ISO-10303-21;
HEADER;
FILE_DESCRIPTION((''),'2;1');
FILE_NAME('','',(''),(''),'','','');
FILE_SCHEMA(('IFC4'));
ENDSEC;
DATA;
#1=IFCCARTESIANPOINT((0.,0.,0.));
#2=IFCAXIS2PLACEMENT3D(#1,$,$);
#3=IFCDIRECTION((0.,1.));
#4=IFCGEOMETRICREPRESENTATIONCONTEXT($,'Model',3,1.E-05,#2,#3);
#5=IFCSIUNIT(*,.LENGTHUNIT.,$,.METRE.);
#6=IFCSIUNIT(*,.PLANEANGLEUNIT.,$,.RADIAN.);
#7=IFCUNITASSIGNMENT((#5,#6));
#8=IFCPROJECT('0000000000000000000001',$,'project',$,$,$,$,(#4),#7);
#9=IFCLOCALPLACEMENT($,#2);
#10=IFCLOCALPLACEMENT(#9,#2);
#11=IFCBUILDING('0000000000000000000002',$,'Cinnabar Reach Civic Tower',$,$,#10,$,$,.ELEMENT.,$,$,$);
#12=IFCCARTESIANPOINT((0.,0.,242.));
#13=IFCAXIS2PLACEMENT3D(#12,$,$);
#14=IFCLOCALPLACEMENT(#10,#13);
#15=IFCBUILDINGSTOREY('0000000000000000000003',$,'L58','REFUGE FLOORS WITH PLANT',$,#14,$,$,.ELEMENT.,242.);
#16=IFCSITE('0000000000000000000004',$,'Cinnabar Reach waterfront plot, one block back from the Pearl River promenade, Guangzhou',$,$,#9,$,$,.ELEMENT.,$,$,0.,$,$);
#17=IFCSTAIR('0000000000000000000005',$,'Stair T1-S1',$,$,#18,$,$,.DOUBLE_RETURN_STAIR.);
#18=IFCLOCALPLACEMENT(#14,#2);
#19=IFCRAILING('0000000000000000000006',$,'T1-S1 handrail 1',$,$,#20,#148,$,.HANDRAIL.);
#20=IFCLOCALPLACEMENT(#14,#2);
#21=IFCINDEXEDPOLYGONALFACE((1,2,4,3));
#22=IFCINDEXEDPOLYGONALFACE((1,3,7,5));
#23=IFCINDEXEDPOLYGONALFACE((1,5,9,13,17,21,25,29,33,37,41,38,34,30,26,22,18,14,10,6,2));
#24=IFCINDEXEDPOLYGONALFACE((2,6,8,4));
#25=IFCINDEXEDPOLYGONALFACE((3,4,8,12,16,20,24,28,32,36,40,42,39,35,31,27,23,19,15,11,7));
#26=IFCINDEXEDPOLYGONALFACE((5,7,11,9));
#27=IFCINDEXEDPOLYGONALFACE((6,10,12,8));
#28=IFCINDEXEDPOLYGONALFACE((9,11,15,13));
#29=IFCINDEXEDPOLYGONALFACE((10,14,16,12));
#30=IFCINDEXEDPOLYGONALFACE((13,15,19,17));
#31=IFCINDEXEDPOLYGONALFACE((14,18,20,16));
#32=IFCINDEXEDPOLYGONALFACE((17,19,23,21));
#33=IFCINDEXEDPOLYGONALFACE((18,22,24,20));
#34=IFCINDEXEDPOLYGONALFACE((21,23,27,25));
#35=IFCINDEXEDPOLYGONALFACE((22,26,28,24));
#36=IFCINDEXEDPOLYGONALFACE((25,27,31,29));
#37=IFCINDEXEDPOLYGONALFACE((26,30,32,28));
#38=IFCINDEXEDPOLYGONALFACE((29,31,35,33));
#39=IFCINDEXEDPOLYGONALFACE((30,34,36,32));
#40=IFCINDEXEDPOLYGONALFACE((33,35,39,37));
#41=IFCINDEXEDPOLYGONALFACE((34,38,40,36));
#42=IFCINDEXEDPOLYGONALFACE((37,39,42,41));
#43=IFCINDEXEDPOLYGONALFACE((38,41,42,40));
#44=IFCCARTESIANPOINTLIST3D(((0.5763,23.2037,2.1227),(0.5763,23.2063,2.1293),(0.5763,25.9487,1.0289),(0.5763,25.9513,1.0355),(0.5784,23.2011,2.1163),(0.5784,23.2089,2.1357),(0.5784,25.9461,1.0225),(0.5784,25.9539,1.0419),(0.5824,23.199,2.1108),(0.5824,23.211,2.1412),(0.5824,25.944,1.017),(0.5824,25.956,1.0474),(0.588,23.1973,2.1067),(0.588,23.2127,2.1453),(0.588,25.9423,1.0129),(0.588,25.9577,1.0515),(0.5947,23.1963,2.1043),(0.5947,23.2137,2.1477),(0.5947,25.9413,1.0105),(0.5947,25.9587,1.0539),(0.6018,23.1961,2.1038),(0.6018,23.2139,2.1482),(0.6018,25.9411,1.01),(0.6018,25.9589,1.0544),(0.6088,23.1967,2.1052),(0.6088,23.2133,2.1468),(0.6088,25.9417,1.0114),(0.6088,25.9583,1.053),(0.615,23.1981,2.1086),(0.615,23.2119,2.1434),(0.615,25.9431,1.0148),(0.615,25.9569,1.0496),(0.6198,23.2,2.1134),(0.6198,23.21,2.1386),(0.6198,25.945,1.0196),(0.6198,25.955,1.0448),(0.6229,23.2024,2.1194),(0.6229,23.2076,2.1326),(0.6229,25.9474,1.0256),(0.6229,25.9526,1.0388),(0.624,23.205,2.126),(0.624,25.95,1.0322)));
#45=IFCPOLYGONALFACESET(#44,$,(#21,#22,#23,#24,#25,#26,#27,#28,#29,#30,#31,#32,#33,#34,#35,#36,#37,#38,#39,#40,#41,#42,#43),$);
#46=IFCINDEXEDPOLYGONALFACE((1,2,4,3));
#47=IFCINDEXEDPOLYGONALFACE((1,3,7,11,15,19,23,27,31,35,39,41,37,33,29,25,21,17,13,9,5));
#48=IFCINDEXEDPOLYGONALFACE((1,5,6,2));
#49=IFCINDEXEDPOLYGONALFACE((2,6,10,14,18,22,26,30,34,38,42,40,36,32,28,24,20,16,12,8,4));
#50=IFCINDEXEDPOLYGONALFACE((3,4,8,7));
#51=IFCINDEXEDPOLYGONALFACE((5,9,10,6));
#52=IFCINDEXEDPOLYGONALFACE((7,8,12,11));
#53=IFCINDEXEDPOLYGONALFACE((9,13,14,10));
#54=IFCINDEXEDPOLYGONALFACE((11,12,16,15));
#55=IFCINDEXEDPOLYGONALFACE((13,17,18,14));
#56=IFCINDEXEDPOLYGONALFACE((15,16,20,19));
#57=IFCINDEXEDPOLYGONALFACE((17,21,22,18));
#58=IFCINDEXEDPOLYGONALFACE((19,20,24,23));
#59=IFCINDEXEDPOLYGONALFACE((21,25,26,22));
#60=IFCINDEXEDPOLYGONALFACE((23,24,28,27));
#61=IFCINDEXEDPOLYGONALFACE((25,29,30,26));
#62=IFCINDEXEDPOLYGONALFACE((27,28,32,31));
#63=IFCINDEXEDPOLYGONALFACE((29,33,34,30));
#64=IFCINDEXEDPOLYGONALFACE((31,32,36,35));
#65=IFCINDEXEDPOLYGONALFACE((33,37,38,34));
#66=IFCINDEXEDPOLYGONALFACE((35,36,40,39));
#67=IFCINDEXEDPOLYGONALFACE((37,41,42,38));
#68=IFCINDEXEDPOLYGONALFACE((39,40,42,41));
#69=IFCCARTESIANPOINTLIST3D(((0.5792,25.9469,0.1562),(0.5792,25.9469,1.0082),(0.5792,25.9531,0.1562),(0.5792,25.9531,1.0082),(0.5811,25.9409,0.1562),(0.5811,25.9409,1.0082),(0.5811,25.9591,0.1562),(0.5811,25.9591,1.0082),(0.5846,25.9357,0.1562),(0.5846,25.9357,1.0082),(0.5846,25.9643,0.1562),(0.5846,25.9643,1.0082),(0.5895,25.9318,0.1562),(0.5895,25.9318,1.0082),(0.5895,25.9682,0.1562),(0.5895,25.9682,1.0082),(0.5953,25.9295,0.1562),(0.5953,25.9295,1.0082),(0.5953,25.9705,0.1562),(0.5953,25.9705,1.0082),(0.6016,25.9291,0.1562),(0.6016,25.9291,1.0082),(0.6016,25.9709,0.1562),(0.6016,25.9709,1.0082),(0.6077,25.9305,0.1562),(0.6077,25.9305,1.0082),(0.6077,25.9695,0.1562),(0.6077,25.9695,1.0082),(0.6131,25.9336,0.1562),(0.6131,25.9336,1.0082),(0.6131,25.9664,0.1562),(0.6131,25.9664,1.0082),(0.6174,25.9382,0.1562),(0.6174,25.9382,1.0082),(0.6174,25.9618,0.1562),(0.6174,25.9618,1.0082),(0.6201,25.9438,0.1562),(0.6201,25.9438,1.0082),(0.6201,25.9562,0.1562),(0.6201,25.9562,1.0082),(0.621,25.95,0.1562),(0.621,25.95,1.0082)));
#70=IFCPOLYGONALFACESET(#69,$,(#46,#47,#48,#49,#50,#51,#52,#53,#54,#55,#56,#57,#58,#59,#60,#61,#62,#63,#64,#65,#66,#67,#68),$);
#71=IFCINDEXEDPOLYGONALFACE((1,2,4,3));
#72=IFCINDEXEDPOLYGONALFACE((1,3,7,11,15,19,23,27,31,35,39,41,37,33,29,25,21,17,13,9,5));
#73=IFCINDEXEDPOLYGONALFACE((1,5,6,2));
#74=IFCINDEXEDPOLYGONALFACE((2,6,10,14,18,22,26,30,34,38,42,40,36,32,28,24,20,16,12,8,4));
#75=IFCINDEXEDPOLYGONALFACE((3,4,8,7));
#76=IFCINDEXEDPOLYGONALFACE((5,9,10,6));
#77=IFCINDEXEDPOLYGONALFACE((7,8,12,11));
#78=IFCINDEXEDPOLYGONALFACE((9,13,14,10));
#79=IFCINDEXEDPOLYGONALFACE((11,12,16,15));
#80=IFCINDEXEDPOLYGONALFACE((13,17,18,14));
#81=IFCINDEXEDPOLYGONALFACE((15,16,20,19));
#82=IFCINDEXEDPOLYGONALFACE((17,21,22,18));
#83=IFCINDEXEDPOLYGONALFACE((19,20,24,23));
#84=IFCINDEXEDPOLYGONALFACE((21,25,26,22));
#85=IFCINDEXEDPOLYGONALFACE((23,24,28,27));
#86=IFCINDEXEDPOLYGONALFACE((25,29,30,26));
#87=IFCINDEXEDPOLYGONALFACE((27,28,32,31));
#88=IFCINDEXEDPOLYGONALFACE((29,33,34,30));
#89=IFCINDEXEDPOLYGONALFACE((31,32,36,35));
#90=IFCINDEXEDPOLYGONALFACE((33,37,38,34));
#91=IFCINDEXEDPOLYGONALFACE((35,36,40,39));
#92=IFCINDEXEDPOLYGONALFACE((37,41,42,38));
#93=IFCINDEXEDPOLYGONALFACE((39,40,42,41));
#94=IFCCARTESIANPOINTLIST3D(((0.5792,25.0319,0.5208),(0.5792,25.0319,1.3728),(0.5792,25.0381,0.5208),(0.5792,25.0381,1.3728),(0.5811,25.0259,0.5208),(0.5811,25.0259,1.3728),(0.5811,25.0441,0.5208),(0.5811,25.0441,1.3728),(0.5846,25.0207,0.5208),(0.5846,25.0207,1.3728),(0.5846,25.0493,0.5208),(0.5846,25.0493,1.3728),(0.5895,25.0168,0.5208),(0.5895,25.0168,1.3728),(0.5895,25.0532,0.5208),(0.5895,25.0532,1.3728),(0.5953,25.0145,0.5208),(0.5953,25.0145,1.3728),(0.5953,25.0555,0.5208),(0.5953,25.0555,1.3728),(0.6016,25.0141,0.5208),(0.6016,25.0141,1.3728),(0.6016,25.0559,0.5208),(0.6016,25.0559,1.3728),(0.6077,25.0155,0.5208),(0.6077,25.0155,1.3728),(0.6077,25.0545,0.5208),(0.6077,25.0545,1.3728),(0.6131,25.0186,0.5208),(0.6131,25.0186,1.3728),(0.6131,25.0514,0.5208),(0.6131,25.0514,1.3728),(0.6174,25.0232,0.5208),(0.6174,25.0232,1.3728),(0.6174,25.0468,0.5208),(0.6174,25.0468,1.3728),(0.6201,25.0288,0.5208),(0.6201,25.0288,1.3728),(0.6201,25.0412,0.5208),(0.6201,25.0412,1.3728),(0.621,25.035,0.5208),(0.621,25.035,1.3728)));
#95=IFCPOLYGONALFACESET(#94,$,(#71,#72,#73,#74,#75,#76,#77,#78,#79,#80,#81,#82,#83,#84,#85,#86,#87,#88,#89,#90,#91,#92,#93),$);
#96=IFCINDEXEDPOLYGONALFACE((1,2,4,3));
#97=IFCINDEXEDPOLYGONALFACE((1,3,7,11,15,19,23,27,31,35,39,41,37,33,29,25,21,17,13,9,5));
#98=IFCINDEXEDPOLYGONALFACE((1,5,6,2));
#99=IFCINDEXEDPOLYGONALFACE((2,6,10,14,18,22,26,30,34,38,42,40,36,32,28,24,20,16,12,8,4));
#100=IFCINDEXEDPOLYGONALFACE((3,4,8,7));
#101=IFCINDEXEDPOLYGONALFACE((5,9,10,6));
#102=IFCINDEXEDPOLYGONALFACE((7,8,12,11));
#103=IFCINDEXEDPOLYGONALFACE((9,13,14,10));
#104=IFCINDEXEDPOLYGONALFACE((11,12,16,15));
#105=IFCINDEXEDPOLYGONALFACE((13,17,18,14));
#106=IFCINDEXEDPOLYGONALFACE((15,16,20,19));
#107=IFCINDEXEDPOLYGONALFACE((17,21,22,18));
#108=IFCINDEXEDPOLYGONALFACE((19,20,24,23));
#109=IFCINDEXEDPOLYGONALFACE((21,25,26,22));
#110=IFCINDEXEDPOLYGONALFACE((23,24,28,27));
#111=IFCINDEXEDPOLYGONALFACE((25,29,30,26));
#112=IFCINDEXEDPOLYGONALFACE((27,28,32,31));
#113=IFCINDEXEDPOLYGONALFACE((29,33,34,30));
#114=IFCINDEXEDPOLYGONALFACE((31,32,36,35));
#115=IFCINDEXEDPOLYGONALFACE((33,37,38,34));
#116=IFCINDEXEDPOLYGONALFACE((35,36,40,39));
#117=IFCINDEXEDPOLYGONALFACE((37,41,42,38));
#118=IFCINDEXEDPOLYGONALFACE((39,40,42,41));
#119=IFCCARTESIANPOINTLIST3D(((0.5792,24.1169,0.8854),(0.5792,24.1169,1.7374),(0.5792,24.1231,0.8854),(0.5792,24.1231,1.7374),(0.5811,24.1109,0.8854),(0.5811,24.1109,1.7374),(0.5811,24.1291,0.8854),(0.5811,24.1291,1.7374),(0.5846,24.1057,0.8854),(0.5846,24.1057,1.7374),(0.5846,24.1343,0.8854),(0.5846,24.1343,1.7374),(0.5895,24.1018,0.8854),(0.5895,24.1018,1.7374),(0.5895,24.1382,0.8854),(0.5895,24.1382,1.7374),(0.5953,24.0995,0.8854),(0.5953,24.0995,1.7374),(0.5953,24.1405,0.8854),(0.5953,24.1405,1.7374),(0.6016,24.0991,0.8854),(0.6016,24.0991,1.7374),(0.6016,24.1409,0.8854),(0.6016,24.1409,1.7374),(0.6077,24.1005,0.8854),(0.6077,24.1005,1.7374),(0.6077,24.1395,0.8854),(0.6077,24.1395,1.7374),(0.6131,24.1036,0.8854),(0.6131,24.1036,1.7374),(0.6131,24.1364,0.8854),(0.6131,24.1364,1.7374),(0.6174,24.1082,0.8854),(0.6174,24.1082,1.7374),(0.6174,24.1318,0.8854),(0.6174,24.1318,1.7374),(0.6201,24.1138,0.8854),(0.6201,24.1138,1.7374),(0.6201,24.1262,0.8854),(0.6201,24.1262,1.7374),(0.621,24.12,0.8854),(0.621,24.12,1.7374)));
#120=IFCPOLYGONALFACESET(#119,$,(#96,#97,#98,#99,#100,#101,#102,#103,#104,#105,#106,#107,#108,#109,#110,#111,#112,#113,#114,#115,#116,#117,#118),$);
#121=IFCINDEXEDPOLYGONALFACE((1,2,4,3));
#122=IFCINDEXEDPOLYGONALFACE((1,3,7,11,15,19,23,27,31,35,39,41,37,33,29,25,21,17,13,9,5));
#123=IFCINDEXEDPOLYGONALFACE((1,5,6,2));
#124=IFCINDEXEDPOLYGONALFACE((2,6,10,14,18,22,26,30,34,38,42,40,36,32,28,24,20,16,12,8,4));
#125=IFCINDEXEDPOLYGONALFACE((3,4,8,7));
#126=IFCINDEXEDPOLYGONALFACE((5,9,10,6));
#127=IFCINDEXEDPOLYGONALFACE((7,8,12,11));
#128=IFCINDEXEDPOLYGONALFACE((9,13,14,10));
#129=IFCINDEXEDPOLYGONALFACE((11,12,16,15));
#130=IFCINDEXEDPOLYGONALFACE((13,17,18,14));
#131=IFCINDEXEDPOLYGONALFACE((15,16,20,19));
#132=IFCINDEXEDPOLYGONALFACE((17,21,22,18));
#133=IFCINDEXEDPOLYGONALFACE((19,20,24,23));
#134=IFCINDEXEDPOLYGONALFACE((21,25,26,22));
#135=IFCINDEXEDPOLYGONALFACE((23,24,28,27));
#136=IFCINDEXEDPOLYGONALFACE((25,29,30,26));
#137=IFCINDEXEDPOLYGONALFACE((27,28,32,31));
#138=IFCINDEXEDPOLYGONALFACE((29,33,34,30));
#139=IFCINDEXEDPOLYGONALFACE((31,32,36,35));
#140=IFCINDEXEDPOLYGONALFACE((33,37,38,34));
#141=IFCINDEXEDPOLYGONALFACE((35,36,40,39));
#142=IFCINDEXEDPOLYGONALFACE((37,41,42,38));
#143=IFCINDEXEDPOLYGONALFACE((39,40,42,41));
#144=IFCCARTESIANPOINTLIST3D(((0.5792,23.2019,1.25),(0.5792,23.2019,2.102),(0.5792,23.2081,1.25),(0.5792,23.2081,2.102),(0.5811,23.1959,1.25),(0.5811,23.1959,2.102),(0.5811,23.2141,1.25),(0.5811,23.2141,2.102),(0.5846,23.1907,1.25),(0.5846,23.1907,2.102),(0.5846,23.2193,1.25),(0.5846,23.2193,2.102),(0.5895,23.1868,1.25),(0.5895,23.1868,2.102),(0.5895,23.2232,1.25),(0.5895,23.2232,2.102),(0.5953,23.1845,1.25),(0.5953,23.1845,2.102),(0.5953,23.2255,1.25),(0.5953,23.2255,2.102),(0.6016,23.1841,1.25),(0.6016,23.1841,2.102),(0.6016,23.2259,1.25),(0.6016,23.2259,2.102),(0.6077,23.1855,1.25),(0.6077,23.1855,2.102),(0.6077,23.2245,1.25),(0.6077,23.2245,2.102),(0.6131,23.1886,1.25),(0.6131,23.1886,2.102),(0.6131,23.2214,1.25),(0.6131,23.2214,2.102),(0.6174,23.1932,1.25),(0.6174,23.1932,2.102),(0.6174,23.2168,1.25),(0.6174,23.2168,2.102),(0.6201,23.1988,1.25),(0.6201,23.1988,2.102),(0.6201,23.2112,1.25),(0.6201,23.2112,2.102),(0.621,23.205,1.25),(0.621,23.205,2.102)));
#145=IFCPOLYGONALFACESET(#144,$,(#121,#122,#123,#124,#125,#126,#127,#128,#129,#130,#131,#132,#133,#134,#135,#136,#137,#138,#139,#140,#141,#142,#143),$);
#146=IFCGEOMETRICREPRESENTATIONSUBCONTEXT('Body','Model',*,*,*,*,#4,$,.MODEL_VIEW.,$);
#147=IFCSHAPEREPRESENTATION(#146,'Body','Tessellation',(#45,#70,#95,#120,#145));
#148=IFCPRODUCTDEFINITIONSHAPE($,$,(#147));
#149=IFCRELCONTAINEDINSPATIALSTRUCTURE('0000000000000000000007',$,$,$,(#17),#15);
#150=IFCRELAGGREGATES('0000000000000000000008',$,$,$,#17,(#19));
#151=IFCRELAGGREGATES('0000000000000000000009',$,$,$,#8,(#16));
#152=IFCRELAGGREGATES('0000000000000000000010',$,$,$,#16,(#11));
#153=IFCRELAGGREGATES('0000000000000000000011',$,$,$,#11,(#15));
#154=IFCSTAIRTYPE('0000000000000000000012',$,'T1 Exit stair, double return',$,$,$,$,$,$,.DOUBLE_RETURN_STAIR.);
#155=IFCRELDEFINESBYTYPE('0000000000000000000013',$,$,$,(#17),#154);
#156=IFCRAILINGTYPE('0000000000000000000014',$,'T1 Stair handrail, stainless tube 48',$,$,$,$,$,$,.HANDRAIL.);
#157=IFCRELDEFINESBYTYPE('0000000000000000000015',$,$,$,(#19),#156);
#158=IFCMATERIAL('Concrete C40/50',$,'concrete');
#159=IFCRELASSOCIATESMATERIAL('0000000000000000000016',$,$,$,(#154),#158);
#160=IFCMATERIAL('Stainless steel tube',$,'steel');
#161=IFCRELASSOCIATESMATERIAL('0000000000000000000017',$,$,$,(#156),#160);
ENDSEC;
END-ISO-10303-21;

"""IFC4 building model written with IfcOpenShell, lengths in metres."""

from ifc_helpers import new_model, si_unit, direction, frame, origin, origin_2d, place, context, subcontext, project, spatial, circle, extrude, material, type_object, element, aggregate, save


model = new_model("IFC4")

# Units and contexts
model_context = context("Model", 3, precision=1e-05, world=origin(), true_north=direction((0.0, 1.0)))
body_context = subcontext(model_context, "Body", "Model", "MODEL_VIEW")
ifc_project = project(units=[si_unit("LENGTHUNIT", "METRE"), si_unit("PLANEANGLEUNIT", "RADIAN")], contexts=[model_context])

# Site, building, storey
site_placement = place(None, origin())
site = spatial("IfcSite", under=ifc_project, at=site_placement, Name="Cinnabar Reach waterfront plot, one block back from the Pearl River promenade, Guangzhou", CompositionType="ELEMENT", RefElevation=0.0)
building_placement = place(site_placement, origin())
building = spatial("IfcBuilding", under=site, at=building_placement, Name="Cinnabar Reach Civic Tower", CompositionType="ELEMENT")
storey_placement = place(building_placement, frame((0.0, 0.0, 242.0)))
storey = spatial("IfcBuildingStorey", under=building, at=storey_placement, Name="L58", Description="REFUGE FLOORS WITH PLANT", CompositionType="ELEMENT", Elevation=242.0)

# Stair, railing
ifc_material_1 = material(Name="Concrete C40/50", Category="concrete")
stair_type = type_object("IfcStairType", Name="T1 Exit stair, double return", PredefinedType="DOUBLE_RETURN_STAIR", material=ifc_material_1)
stair_placement = place(storey_placement, origin())
stair = element("IfcStair", 1, at=stair_placement, inside=storey, type_object=stair_type, Name="Stair T1-S1", PredefinedType="DOUBLE_RETURN_STAIR")
ifc_material_2 = material(Name="Stainless steel tube", Category="steel")
railing_type = type_object("IfcRailingType", Name="T1 Stair handrail, stainless tube 48", PredefinedType="HANDRAIL", material=ifc_material_2)
railing_1_placement = place(storey_placement, frame((0.6, 25.95, 0.1562)))
railing_1 = element("IfcRailing", 2, at=railing_1_placement, type_object=railing_type, Name="T1-S1 handrail 1", PredefinedType="HANDRAIL", context=body_context, shape_type="SweptSolid", body=[
    extrude(circle(Radius=0.024, at=origin_2d()), frame((0.0, 0.0, 0.876), z_axis=(0.0, -0.928966, 0.370165), x_axis=(1.0, 0.0, 0.0)), (0.0, 0.0, 1.0), 2.9549),
    extrude(circle(Radius=0.021, at=origin_2d()), origin(), (0.0, 0.0, 1.0), 0.852),
    extrude(circle(Radius=0.021, at=origin_2d()), frame((0.0, -0.915, 0.3646)), (0.0, 0.0, 1.0), 0.852),
    extrude(circle(Radius=0.021, at=origin_2d()), frame((0.0, -1.83, 0.7292)), (0.0, 0.0, 1.0), 0.852),
    extrude(circle(Radius=0.021, at=origin_2d()), frame((0.0, -2.745, 1.0938)), (0.0, 0.0, 1.0), 0.852),
])
aggregate(stair, [railing_1])

save(model, "model.ifc")
